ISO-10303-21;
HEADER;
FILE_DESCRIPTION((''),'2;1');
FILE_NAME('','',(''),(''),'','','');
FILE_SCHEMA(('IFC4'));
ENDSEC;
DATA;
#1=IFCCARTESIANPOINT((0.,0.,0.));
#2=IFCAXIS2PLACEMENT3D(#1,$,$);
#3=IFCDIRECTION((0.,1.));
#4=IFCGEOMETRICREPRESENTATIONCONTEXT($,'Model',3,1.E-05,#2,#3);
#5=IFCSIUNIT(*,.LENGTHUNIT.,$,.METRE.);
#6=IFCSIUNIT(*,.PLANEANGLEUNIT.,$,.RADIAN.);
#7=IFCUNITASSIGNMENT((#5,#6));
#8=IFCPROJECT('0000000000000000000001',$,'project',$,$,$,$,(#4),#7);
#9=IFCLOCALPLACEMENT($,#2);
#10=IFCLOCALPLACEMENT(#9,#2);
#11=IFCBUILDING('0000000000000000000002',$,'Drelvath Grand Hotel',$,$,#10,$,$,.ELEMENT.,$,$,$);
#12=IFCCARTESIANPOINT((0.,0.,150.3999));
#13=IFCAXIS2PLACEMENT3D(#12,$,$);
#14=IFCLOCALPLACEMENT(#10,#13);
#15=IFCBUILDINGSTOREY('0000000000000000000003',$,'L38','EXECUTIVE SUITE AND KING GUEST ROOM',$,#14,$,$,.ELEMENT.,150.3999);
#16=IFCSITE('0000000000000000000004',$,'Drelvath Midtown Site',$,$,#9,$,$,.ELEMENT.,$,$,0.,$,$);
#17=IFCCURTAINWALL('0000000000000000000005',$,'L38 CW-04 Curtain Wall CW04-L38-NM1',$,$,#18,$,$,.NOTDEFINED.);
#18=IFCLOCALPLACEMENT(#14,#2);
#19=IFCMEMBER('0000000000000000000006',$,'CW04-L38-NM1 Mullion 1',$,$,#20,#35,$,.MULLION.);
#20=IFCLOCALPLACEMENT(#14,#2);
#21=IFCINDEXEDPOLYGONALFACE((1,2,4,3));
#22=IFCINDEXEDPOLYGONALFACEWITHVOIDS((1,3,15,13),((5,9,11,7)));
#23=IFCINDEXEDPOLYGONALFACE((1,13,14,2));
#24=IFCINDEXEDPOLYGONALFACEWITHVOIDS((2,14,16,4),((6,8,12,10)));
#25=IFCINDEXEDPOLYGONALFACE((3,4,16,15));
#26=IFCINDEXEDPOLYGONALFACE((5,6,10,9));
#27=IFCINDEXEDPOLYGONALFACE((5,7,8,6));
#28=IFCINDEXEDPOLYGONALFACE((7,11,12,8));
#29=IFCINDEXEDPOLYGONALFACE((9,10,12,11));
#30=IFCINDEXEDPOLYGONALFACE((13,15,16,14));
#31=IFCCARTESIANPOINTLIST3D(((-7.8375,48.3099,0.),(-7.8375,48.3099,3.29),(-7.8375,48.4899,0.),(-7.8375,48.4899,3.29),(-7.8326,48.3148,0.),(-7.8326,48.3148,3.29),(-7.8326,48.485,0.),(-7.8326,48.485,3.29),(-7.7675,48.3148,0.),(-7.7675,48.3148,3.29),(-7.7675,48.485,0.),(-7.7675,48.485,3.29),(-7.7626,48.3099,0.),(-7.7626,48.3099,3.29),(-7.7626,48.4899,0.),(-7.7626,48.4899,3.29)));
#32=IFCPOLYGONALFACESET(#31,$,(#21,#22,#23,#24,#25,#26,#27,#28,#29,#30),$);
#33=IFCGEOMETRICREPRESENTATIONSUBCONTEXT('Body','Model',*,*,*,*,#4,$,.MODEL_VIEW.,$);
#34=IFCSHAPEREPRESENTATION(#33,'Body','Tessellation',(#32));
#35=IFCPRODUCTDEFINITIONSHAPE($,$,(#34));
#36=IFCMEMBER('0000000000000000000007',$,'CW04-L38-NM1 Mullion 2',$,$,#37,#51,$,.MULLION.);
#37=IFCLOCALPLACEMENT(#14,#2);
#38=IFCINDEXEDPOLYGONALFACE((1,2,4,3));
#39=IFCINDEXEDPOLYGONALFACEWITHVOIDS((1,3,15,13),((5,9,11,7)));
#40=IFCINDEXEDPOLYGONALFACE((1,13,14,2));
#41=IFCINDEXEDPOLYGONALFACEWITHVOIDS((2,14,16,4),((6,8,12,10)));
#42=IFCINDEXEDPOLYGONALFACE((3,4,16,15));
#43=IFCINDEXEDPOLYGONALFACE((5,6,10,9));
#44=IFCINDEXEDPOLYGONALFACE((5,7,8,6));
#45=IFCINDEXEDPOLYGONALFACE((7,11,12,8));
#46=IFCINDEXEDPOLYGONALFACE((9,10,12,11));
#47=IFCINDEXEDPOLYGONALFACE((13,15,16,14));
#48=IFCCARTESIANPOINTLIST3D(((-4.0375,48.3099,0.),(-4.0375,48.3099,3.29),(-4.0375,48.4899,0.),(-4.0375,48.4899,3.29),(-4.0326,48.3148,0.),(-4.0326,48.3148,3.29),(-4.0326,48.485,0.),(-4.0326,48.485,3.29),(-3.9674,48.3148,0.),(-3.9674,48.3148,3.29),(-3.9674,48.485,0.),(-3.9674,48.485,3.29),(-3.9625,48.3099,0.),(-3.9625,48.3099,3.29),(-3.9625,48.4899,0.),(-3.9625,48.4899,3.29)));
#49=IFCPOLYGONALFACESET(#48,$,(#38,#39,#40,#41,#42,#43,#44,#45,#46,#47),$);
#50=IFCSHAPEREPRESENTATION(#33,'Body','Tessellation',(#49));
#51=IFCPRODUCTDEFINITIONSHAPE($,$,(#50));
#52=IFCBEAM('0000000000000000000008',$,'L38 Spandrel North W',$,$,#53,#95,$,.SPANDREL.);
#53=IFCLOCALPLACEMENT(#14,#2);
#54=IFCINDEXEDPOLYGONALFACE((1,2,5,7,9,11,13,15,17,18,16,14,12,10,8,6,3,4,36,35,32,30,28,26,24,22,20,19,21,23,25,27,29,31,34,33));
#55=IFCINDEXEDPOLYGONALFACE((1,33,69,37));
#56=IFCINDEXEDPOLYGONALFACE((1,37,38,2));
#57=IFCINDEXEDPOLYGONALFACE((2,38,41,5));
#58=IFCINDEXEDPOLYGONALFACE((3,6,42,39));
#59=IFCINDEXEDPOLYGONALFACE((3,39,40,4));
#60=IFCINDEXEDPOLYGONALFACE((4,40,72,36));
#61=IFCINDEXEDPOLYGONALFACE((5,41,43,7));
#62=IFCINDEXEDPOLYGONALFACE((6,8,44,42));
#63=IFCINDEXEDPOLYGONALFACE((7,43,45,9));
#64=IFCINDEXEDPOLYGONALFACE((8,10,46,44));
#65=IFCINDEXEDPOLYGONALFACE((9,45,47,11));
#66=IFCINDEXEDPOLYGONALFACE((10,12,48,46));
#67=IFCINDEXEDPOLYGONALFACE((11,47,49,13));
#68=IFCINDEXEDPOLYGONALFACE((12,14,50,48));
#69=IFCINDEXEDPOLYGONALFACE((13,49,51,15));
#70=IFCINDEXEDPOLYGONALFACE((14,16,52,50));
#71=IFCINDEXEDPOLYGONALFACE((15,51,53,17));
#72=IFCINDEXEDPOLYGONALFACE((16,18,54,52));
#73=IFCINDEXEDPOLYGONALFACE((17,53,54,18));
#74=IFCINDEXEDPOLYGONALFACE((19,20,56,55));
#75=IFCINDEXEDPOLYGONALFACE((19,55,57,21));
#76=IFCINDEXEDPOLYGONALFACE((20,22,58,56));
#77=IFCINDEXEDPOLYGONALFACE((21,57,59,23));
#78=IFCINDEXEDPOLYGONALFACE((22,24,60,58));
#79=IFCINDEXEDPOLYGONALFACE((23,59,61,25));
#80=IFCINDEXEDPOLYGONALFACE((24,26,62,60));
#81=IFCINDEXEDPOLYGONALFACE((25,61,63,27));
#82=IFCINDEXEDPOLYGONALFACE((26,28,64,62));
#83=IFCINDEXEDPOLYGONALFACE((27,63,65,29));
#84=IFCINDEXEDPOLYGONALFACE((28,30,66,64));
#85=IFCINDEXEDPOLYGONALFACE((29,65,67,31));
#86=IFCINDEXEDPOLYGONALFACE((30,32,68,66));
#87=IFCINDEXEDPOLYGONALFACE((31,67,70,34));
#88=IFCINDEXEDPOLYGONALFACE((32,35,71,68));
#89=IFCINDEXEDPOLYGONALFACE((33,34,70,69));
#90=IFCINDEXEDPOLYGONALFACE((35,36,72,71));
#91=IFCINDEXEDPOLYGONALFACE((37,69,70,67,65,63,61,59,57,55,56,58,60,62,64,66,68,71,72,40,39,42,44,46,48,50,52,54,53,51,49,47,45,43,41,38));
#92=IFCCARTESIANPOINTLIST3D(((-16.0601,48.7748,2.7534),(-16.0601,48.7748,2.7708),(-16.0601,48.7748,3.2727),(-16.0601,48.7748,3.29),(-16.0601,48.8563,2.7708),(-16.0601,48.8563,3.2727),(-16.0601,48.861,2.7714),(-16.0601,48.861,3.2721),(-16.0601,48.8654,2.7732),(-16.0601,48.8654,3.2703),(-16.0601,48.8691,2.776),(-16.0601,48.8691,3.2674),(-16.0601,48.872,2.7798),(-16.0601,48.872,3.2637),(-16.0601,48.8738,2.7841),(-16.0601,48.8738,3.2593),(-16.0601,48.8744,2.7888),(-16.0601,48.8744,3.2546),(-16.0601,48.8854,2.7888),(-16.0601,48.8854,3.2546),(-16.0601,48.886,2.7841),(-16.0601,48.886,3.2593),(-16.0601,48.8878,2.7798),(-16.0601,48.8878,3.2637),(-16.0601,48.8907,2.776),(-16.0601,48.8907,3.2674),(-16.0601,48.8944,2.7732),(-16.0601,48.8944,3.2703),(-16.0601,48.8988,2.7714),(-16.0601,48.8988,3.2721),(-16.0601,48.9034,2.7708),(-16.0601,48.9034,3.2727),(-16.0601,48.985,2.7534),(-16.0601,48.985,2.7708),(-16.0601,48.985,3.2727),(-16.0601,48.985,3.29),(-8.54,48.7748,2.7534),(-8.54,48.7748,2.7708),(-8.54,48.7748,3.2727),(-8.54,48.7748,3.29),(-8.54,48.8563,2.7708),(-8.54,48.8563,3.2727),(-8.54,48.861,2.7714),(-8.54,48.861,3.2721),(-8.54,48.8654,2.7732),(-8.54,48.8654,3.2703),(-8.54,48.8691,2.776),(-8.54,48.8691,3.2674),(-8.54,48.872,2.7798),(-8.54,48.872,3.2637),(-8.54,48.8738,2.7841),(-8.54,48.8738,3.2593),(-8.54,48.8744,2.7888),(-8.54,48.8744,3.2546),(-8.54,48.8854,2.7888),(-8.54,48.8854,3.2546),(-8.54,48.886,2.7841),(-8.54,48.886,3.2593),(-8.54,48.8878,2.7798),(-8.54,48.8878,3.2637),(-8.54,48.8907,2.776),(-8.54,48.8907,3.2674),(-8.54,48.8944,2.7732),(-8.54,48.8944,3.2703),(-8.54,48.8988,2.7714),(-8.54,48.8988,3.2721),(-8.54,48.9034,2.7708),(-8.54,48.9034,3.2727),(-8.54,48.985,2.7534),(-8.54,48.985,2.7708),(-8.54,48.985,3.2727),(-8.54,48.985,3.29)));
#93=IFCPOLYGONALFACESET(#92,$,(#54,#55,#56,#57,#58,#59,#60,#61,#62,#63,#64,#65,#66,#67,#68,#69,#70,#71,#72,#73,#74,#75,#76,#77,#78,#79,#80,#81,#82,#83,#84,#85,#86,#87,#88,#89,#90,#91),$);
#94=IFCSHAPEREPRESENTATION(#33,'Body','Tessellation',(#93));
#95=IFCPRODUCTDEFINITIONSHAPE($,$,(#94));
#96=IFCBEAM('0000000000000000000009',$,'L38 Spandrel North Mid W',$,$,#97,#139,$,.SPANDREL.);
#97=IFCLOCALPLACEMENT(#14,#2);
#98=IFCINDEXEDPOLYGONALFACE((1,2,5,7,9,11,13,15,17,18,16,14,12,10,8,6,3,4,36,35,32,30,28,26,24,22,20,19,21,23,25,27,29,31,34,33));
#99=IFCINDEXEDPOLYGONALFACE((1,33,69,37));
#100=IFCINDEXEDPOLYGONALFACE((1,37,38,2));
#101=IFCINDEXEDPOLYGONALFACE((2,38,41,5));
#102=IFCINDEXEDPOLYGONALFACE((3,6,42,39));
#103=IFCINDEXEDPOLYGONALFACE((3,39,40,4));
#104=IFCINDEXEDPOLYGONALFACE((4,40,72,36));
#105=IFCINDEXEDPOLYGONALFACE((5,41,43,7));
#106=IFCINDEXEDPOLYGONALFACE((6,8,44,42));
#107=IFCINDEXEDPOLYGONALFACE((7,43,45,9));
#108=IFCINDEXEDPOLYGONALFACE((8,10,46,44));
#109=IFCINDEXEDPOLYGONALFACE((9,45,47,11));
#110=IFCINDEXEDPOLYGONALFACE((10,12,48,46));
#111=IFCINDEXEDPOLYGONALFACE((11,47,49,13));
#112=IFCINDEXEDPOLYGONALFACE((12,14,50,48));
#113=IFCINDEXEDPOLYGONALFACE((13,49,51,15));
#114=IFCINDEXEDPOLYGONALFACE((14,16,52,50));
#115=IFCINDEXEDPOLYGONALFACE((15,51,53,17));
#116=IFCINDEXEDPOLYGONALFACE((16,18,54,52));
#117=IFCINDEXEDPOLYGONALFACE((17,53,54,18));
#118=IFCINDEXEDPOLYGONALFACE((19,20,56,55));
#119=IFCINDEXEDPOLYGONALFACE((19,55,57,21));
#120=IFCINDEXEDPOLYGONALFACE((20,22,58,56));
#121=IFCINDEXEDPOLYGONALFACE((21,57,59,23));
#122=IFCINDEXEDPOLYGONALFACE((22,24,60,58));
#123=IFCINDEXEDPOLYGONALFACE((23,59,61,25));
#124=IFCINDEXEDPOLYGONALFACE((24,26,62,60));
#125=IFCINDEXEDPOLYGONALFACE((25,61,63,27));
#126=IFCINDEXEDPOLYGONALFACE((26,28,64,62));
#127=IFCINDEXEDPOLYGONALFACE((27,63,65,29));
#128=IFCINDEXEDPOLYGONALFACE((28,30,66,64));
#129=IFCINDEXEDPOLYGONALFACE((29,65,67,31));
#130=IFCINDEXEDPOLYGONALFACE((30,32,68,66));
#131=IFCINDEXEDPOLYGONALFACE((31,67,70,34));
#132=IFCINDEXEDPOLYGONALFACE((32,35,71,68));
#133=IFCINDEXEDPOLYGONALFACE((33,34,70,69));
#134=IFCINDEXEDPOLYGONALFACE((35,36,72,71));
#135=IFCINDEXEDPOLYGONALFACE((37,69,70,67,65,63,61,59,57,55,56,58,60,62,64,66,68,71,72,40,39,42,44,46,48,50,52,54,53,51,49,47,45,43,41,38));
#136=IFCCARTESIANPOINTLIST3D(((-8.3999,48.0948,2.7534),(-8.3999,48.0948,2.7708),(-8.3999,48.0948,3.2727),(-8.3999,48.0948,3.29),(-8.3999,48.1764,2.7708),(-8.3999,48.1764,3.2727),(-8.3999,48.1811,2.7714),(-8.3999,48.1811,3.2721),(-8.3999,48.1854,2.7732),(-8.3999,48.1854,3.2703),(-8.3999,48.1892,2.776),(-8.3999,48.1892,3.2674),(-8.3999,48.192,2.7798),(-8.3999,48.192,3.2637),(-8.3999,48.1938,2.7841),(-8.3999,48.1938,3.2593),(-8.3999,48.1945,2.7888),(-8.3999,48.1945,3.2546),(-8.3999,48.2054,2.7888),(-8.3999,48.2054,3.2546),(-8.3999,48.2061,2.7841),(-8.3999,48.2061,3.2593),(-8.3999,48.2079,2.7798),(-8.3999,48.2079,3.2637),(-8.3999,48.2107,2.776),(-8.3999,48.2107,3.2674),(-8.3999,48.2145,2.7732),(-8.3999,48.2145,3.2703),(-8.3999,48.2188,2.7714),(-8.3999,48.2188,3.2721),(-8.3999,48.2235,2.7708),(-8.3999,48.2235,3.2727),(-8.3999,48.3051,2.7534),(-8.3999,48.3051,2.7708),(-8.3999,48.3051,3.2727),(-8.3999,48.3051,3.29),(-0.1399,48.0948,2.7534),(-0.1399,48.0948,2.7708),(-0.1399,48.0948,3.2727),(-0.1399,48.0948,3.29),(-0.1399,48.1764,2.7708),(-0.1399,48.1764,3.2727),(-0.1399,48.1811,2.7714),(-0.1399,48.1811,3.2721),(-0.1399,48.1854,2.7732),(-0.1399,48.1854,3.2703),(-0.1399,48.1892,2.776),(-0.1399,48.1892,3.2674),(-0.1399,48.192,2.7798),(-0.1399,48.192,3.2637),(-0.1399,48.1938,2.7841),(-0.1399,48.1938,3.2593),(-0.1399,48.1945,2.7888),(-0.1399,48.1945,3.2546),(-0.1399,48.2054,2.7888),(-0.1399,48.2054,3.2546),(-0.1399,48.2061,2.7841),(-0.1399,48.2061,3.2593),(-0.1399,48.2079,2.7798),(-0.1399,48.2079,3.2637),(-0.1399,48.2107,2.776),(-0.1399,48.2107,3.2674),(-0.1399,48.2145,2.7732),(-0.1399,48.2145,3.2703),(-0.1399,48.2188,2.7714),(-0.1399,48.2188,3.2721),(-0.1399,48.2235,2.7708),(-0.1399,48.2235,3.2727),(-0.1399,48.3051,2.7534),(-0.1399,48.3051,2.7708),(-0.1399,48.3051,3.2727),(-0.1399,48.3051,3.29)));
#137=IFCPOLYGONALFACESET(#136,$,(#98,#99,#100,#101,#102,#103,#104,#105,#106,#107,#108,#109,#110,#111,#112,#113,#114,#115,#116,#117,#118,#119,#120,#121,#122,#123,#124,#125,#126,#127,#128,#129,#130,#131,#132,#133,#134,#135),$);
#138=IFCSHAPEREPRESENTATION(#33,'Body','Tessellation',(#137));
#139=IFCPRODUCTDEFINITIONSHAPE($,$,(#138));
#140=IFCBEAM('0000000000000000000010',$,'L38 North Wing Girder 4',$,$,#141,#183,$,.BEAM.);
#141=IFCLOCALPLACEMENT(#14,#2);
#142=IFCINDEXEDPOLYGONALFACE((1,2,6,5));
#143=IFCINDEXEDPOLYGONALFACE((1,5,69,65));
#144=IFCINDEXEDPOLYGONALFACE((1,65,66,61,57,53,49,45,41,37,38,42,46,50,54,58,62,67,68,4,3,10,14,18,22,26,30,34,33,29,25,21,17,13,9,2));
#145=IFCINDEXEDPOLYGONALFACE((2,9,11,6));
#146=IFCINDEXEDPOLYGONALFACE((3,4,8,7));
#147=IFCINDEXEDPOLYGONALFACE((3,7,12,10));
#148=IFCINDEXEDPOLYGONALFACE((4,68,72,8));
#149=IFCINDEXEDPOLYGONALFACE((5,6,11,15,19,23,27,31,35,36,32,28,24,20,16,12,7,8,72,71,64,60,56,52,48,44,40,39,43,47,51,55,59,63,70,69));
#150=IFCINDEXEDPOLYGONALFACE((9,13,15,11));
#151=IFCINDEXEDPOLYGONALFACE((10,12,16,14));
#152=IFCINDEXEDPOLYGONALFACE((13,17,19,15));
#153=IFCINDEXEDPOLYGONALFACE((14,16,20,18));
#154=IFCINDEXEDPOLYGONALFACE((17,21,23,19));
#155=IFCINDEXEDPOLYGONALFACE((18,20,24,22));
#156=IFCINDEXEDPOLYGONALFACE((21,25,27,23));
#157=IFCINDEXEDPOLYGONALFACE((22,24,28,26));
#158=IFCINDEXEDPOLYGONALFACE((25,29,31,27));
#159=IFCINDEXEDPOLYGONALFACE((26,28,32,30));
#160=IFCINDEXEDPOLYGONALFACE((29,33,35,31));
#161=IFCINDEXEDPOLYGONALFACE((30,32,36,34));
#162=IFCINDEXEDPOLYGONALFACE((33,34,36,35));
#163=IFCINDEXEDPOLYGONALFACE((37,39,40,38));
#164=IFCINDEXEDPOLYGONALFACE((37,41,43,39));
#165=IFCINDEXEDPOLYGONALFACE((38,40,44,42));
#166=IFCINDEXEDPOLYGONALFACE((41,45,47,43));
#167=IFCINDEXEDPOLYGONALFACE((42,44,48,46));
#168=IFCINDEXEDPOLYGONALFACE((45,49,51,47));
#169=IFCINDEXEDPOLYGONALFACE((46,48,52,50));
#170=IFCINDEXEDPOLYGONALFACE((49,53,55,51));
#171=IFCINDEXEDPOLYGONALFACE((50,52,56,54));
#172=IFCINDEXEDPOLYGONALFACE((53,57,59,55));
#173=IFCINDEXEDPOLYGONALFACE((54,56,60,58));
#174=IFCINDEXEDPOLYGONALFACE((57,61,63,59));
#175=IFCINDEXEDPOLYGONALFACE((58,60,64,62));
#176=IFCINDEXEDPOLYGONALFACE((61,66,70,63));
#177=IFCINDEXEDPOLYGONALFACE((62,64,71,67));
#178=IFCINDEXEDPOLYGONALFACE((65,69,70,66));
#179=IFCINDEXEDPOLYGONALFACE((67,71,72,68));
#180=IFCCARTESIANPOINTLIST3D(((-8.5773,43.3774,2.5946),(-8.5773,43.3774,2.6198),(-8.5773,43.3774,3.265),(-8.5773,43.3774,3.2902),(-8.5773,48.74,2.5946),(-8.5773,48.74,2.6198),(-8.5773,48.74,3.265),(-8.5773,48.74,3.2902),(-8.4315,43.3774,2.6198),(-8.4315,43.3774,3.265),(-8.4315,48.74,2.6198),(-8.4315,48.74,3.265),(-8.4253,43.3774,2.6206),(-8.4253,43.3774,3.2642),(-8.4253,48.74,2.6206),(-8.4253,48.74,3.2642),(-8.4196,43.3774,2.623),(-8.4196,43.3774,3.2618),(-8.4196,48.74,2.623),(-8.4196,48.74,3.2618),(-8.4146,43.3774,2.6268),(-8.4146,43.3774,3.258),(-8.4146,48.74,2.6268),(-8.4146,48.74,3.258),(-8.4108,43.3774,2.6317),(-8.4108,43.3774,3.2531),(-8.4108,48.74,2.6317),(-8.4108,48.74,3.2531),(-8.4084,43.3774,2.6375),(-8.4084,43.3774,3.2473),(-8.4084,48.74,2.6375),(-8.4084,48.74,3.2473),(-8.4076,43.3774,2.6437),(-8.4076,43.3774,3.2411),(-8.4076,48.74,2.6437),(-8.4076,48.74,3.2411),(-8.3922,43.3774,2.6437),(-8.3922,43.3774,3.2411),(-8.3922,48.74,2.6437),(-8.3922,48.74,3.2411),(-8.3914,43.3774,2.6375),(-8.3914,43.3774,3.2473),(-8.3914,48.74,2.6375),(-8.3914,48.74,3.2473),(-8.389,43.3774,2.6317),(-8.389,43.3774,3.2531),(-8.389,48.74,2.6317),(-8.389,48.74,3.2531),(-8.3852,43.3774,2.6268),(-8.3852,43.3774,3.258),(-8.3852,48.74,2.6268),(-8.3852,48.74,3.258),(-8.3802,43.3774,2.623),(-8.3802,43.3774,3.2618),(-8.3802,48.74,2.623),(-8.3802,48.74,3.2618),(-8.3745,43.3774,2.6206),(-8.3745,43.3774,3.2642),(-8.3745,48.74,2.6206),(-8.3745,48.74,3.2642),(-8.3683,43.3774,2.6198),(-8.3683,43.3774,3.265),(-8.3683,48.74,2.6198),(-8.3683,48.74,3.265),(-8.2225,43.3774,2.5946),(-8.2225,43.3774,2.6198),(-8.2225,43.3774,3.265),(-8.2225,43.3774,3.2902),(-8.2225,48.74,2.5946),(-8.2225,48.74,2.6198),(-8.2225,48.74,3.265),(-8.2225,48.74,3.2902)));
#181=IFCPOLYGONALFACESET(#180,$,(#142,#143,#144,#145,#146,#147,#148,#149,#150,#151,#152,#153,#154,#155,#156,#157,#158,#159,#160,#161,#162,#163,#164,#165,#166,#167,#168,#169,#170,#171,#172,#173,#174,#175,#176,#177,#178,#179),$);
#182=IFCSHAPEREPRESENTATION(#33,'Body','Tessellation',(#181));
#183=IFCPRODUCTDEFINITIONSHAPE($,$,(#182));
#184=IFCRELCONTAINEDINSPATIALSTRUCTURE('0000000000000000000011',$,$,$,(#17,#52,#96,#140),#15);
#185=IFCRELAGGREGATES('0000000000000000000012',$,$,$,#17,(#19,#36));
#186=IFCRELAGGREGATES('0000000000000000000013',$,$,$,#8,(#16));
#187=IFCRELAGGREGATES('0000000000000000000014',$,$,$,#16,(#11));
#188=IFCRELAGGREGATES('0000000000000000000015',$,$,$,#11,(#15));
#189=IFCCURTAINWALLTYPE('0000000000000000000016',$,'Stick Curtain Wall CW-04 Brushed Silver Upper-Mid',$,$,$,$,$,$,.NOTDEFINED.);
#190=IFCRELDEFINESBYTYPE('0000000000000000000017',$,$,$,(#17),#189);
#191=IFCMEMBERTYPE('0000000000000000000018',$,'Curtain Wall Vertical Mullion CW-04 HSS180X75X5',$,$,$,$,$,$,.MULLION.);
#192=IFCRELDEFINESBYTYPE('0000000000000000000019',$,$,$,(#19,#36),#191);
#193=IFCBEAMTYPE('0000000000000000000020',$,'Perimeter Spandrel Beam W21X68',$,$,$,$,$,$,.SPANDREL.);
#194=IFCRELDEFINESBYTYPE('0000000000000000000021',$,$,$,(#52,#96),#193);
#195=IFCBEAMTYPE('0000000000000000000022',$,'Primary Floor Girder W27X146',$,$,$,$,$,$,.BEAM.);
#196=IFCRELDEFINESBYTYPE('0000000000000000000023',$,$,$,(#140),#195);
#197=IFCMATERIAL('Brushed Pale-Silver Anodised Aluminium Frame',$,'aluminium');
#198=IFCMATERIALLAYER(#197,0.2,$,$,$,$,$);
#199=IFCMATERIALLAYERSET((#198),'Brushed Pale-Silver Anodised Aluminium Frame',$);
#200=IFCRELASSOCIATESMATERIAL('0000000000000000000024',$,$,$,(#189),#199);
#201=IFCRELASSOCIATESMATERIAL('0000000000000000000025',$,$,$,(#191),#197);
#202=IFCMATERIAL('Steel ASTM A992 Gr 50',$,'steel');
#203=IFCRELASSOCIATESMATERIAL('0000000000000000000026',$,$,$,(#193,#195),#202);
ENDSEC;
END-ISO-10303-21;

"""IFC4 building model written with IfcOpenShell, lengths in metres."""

from ifc_helpers import new_model, si_unit, direction, frame, origin, origin_2d, place, context, subcontext, project, spatial, hollow_rectangle, i_section, extrude, material, layer, layer_set, material_profile, profile_set, type_object, element, aggregate, save


model = new_model("IFC4")

# Units and contexts
model_context = context("Model", 3, precision=1e-05, world=origin(), true_north=direction((0.0, 1.0)))
body_context = subcontext(model_context, "Body", "Model", "MODEL_VIEW")
ifc_project = project(units=[si_unit("LENGTHUNIT", "METRE"), si_unit("PLANEANGLEUNIT", "RADIAN")], contexts=[model_context])

# Site, building, storey
site_placement = place(None, origin())
site = spatial("IfcSite", under=ifc_project, at=site_placement, Name="Drelvath Midtown Site", CompositionType="ELEMENT", RefElevation=0.0)
building_placement = place(site_placement, origin())
building = spatial("IfcBuilding", under=site, at=building_placement, Name="Drelvath Grand Hotel", CompositionType="ELEMENT")
storey_placement = place(building_placement, frame((0.0, 0.0, 150.3999)))
storey = spatial("IfcBuildingStorey", under=building, at=storey_placement, Name="L38", Description="EXECUTIVE SUITE AND KING GUEST ROOM", CompositionType="ELEMENT", Elevation=150.3999)

# Curtain wall
ifc_material_1 = material(Name="Brushed Pale-Silver Anodised Aluminium Frame", Category="aluminium")
ifc_layer_1 = layer(ifc_material_1, 0.2)
ifc_layer_set_1 = layer_set([ifc_layer_1], Name="Brushed Pale-Silver Anodised Aluminium Frame")
curtain_wall_type = type_object("IfcCurtainWallType", Name="Stick Curtain Wall CW-04 Brushed Silver Upper-Mid", PredefinedType="NOTDEFINED", material=ifc_layer_set_1)
curtain_wall_1_placement = place(storey_placement, origin())
curtain_wall_1 = element("IfcCurtainWall", 1, at=curtain_wall_1_placement, inside=storey, type_object=curtain_wall_type, Name="L38 CW-04 Curtain Wall CW04-L38-NM1", PredefinedType="NOTDEFINED")

# Members
ifc_material_profile_1 = material_profile(ifc_material_1, hollow_rectangle(XDim=0.075, YDim=0.1799, WallThickness=0.0049, at=origin_2d()), Name="HSS180X75X5")
ifc_profile_set_1 = profile_set([ifc_material_profile_1], Name="Brushed Pale-Silver Anodised Aluminium Frame")
member_type_1 = type_object("IfcMemberType", Name="Curtain Wall Vertical Mullion CW-04 HSS180X75X5", PredefinedType="MULLION", material=ifc_profile_set_1)
member_1_placement = place(storey_placement, frame((-7.8, 48.3999, 0.0), z_axis=(0.0, 0.0, 1.0), x_axis=(1.0, 0.0, 0.0)))
member_1 = element("IfcMember", 2, at=member_1_placement, type_object=member_type_1, Name="CW04-L38-NM1 Mullion 1", PredefinedType="MULLION", context=body_context, shape_type="SweptSolid", body=[
    extrude(hollow_rectangle(XDim=0.075, YDim=0.1799, WallThickness=0.0049, at=origin_2d()), origin(), (0.0, 0.0, 1.0), 3.29),
])
member_2_placement = place(storey_placement, frame((-4.0, 48.3999, 0.0), z_axis=(0.0, 0.0, 1.0), x_axis=(1.0, 0.0, 0.0)))
member_2 = element("IfcMember", 3, at=member_2_placement, type_object=member_type_1, Name="CW04-L38-NM1 Mullion 2", PredefinedType="MULLION", context=body_context, shape_type="SweptSolid", body=[
    extrude(hollow_rectangle(XDim=0.075, YDim=0.1799, WallThickness=0.0049, at=origin_2d()), origin(), (0.0, 0.0, 1.0), 3.29),
])

# Beams
ifc_material_2 = material(Name="Steel ASTM A992 Gr 50", Category="steel")
ifc_material_profile_2 = material_profile(ifc_material_2, i_section(OverallWidth=0.2102, OverallDepth=0.5366, WebThickness=0.011, FlangeThickness=0.0173, FilletRadius=0.0181, at=origin_2d()), Name="W21X68")
ifc_profile_set_2 = profile_set([ifc_material_profile_2], Name="Steel ASTM A992 Gr 50")
beam_type_1 = type_object("IfcBeamType", Name="Perimeter Spandrel Beam W21X68", PredefinedType="SPANDREL", material=ifc_profile_set_2)
beam_1_placement = place(storey_placement, frame((-16.0601, 48.8799, 3.0217), z_axis=(1.0, 0.0, 0.0), x_axis=(0.0, 1.0, 0.0)))
element("IfcBeam", 4, at=beam_1_placement, inside=storey, type_object=beam_type_1, Name="L38 Spandrel North W", PredefinedType="SPANDREL", context=body_context, shape_type="SweptSolid", body=[
    extrude(i_section(OverallWidth=0.2102, OverallDepth=0.5366, WebThickness=0.011, FlangeThickness=0.0173, FilletRadius=0.0181, at=origin_2d()), origin(), (0.0, 0.0, 1.0), 7.52),
])
beam_2_placement = place(storey_placement, frame((-8.3999, 48.2, 3.0217), z_axis=(1.0, 0.0, 0.0), x_axis=(0.0, 1.0, 0.0)))
element("IfcBeam", 5, at=beam_2_placement, inside=storey, type_object=beam_type_1, Name="L38 Spandrel North Mid W", PredefinedType="SPANDREL", context=body_context, shape_type="SweptSolid", body=[
    extrude(i_section(OverallWidth=0.2102, OverallDepth=0.5366, WebThickness=0.011, FlangeThickness=0.0173, FilletRadius=0.0181, at=origin_2d()), origin(), (0.0, 0.0, 1.0), 8.26),
])
ifc_material_profile_3 = material_profile(ifc_material_2, i_section(OverallWidth=0.3547, OverallDepth=0.6956, WebThickness=0.0154, FlangeThickness=0.0251, FilletRadius=0.0239, at=origin_2d()), Name="W27X146")
ifc_profile_set_3 = profile_set([ifc_material_profile_3], Name="Steel ASTM A992 Gr 50")
beam_type_2 = type_object("IfcBeamType", Name="Primary Floor Girder W27X146", PredefinedType="BEAM", material=ifc_profile_set_3)
beam_3_placement = place(storey_placement, frame((-8.3999, 43.3774, 2.9424), z_axis=(0.0, 1.0, 0.0), x_axis=(-1.0, 0.0, 0.0)))
element("IfcBeam", 6, at=beam_3_placement, inside=storey, type_object=beam_type_2, Name="L38 North Wing Girder 4", PredefinedType="BEAM", context=body_context, shape_type="SweptSolid", body=[
    extrude(i_section(OverallWidth=0.3547, OverallDepth=0.6956, WebThickness=0.0154, FlangeThickness=0.0251, FilletRadius=0.0239, at=origin_2d()), origin(), (0.0, 0.0, 1.0), 5.3625),
])

aggregate(curtain_wall_1, [member_1, member_2])

save(model, "model.ifc")
